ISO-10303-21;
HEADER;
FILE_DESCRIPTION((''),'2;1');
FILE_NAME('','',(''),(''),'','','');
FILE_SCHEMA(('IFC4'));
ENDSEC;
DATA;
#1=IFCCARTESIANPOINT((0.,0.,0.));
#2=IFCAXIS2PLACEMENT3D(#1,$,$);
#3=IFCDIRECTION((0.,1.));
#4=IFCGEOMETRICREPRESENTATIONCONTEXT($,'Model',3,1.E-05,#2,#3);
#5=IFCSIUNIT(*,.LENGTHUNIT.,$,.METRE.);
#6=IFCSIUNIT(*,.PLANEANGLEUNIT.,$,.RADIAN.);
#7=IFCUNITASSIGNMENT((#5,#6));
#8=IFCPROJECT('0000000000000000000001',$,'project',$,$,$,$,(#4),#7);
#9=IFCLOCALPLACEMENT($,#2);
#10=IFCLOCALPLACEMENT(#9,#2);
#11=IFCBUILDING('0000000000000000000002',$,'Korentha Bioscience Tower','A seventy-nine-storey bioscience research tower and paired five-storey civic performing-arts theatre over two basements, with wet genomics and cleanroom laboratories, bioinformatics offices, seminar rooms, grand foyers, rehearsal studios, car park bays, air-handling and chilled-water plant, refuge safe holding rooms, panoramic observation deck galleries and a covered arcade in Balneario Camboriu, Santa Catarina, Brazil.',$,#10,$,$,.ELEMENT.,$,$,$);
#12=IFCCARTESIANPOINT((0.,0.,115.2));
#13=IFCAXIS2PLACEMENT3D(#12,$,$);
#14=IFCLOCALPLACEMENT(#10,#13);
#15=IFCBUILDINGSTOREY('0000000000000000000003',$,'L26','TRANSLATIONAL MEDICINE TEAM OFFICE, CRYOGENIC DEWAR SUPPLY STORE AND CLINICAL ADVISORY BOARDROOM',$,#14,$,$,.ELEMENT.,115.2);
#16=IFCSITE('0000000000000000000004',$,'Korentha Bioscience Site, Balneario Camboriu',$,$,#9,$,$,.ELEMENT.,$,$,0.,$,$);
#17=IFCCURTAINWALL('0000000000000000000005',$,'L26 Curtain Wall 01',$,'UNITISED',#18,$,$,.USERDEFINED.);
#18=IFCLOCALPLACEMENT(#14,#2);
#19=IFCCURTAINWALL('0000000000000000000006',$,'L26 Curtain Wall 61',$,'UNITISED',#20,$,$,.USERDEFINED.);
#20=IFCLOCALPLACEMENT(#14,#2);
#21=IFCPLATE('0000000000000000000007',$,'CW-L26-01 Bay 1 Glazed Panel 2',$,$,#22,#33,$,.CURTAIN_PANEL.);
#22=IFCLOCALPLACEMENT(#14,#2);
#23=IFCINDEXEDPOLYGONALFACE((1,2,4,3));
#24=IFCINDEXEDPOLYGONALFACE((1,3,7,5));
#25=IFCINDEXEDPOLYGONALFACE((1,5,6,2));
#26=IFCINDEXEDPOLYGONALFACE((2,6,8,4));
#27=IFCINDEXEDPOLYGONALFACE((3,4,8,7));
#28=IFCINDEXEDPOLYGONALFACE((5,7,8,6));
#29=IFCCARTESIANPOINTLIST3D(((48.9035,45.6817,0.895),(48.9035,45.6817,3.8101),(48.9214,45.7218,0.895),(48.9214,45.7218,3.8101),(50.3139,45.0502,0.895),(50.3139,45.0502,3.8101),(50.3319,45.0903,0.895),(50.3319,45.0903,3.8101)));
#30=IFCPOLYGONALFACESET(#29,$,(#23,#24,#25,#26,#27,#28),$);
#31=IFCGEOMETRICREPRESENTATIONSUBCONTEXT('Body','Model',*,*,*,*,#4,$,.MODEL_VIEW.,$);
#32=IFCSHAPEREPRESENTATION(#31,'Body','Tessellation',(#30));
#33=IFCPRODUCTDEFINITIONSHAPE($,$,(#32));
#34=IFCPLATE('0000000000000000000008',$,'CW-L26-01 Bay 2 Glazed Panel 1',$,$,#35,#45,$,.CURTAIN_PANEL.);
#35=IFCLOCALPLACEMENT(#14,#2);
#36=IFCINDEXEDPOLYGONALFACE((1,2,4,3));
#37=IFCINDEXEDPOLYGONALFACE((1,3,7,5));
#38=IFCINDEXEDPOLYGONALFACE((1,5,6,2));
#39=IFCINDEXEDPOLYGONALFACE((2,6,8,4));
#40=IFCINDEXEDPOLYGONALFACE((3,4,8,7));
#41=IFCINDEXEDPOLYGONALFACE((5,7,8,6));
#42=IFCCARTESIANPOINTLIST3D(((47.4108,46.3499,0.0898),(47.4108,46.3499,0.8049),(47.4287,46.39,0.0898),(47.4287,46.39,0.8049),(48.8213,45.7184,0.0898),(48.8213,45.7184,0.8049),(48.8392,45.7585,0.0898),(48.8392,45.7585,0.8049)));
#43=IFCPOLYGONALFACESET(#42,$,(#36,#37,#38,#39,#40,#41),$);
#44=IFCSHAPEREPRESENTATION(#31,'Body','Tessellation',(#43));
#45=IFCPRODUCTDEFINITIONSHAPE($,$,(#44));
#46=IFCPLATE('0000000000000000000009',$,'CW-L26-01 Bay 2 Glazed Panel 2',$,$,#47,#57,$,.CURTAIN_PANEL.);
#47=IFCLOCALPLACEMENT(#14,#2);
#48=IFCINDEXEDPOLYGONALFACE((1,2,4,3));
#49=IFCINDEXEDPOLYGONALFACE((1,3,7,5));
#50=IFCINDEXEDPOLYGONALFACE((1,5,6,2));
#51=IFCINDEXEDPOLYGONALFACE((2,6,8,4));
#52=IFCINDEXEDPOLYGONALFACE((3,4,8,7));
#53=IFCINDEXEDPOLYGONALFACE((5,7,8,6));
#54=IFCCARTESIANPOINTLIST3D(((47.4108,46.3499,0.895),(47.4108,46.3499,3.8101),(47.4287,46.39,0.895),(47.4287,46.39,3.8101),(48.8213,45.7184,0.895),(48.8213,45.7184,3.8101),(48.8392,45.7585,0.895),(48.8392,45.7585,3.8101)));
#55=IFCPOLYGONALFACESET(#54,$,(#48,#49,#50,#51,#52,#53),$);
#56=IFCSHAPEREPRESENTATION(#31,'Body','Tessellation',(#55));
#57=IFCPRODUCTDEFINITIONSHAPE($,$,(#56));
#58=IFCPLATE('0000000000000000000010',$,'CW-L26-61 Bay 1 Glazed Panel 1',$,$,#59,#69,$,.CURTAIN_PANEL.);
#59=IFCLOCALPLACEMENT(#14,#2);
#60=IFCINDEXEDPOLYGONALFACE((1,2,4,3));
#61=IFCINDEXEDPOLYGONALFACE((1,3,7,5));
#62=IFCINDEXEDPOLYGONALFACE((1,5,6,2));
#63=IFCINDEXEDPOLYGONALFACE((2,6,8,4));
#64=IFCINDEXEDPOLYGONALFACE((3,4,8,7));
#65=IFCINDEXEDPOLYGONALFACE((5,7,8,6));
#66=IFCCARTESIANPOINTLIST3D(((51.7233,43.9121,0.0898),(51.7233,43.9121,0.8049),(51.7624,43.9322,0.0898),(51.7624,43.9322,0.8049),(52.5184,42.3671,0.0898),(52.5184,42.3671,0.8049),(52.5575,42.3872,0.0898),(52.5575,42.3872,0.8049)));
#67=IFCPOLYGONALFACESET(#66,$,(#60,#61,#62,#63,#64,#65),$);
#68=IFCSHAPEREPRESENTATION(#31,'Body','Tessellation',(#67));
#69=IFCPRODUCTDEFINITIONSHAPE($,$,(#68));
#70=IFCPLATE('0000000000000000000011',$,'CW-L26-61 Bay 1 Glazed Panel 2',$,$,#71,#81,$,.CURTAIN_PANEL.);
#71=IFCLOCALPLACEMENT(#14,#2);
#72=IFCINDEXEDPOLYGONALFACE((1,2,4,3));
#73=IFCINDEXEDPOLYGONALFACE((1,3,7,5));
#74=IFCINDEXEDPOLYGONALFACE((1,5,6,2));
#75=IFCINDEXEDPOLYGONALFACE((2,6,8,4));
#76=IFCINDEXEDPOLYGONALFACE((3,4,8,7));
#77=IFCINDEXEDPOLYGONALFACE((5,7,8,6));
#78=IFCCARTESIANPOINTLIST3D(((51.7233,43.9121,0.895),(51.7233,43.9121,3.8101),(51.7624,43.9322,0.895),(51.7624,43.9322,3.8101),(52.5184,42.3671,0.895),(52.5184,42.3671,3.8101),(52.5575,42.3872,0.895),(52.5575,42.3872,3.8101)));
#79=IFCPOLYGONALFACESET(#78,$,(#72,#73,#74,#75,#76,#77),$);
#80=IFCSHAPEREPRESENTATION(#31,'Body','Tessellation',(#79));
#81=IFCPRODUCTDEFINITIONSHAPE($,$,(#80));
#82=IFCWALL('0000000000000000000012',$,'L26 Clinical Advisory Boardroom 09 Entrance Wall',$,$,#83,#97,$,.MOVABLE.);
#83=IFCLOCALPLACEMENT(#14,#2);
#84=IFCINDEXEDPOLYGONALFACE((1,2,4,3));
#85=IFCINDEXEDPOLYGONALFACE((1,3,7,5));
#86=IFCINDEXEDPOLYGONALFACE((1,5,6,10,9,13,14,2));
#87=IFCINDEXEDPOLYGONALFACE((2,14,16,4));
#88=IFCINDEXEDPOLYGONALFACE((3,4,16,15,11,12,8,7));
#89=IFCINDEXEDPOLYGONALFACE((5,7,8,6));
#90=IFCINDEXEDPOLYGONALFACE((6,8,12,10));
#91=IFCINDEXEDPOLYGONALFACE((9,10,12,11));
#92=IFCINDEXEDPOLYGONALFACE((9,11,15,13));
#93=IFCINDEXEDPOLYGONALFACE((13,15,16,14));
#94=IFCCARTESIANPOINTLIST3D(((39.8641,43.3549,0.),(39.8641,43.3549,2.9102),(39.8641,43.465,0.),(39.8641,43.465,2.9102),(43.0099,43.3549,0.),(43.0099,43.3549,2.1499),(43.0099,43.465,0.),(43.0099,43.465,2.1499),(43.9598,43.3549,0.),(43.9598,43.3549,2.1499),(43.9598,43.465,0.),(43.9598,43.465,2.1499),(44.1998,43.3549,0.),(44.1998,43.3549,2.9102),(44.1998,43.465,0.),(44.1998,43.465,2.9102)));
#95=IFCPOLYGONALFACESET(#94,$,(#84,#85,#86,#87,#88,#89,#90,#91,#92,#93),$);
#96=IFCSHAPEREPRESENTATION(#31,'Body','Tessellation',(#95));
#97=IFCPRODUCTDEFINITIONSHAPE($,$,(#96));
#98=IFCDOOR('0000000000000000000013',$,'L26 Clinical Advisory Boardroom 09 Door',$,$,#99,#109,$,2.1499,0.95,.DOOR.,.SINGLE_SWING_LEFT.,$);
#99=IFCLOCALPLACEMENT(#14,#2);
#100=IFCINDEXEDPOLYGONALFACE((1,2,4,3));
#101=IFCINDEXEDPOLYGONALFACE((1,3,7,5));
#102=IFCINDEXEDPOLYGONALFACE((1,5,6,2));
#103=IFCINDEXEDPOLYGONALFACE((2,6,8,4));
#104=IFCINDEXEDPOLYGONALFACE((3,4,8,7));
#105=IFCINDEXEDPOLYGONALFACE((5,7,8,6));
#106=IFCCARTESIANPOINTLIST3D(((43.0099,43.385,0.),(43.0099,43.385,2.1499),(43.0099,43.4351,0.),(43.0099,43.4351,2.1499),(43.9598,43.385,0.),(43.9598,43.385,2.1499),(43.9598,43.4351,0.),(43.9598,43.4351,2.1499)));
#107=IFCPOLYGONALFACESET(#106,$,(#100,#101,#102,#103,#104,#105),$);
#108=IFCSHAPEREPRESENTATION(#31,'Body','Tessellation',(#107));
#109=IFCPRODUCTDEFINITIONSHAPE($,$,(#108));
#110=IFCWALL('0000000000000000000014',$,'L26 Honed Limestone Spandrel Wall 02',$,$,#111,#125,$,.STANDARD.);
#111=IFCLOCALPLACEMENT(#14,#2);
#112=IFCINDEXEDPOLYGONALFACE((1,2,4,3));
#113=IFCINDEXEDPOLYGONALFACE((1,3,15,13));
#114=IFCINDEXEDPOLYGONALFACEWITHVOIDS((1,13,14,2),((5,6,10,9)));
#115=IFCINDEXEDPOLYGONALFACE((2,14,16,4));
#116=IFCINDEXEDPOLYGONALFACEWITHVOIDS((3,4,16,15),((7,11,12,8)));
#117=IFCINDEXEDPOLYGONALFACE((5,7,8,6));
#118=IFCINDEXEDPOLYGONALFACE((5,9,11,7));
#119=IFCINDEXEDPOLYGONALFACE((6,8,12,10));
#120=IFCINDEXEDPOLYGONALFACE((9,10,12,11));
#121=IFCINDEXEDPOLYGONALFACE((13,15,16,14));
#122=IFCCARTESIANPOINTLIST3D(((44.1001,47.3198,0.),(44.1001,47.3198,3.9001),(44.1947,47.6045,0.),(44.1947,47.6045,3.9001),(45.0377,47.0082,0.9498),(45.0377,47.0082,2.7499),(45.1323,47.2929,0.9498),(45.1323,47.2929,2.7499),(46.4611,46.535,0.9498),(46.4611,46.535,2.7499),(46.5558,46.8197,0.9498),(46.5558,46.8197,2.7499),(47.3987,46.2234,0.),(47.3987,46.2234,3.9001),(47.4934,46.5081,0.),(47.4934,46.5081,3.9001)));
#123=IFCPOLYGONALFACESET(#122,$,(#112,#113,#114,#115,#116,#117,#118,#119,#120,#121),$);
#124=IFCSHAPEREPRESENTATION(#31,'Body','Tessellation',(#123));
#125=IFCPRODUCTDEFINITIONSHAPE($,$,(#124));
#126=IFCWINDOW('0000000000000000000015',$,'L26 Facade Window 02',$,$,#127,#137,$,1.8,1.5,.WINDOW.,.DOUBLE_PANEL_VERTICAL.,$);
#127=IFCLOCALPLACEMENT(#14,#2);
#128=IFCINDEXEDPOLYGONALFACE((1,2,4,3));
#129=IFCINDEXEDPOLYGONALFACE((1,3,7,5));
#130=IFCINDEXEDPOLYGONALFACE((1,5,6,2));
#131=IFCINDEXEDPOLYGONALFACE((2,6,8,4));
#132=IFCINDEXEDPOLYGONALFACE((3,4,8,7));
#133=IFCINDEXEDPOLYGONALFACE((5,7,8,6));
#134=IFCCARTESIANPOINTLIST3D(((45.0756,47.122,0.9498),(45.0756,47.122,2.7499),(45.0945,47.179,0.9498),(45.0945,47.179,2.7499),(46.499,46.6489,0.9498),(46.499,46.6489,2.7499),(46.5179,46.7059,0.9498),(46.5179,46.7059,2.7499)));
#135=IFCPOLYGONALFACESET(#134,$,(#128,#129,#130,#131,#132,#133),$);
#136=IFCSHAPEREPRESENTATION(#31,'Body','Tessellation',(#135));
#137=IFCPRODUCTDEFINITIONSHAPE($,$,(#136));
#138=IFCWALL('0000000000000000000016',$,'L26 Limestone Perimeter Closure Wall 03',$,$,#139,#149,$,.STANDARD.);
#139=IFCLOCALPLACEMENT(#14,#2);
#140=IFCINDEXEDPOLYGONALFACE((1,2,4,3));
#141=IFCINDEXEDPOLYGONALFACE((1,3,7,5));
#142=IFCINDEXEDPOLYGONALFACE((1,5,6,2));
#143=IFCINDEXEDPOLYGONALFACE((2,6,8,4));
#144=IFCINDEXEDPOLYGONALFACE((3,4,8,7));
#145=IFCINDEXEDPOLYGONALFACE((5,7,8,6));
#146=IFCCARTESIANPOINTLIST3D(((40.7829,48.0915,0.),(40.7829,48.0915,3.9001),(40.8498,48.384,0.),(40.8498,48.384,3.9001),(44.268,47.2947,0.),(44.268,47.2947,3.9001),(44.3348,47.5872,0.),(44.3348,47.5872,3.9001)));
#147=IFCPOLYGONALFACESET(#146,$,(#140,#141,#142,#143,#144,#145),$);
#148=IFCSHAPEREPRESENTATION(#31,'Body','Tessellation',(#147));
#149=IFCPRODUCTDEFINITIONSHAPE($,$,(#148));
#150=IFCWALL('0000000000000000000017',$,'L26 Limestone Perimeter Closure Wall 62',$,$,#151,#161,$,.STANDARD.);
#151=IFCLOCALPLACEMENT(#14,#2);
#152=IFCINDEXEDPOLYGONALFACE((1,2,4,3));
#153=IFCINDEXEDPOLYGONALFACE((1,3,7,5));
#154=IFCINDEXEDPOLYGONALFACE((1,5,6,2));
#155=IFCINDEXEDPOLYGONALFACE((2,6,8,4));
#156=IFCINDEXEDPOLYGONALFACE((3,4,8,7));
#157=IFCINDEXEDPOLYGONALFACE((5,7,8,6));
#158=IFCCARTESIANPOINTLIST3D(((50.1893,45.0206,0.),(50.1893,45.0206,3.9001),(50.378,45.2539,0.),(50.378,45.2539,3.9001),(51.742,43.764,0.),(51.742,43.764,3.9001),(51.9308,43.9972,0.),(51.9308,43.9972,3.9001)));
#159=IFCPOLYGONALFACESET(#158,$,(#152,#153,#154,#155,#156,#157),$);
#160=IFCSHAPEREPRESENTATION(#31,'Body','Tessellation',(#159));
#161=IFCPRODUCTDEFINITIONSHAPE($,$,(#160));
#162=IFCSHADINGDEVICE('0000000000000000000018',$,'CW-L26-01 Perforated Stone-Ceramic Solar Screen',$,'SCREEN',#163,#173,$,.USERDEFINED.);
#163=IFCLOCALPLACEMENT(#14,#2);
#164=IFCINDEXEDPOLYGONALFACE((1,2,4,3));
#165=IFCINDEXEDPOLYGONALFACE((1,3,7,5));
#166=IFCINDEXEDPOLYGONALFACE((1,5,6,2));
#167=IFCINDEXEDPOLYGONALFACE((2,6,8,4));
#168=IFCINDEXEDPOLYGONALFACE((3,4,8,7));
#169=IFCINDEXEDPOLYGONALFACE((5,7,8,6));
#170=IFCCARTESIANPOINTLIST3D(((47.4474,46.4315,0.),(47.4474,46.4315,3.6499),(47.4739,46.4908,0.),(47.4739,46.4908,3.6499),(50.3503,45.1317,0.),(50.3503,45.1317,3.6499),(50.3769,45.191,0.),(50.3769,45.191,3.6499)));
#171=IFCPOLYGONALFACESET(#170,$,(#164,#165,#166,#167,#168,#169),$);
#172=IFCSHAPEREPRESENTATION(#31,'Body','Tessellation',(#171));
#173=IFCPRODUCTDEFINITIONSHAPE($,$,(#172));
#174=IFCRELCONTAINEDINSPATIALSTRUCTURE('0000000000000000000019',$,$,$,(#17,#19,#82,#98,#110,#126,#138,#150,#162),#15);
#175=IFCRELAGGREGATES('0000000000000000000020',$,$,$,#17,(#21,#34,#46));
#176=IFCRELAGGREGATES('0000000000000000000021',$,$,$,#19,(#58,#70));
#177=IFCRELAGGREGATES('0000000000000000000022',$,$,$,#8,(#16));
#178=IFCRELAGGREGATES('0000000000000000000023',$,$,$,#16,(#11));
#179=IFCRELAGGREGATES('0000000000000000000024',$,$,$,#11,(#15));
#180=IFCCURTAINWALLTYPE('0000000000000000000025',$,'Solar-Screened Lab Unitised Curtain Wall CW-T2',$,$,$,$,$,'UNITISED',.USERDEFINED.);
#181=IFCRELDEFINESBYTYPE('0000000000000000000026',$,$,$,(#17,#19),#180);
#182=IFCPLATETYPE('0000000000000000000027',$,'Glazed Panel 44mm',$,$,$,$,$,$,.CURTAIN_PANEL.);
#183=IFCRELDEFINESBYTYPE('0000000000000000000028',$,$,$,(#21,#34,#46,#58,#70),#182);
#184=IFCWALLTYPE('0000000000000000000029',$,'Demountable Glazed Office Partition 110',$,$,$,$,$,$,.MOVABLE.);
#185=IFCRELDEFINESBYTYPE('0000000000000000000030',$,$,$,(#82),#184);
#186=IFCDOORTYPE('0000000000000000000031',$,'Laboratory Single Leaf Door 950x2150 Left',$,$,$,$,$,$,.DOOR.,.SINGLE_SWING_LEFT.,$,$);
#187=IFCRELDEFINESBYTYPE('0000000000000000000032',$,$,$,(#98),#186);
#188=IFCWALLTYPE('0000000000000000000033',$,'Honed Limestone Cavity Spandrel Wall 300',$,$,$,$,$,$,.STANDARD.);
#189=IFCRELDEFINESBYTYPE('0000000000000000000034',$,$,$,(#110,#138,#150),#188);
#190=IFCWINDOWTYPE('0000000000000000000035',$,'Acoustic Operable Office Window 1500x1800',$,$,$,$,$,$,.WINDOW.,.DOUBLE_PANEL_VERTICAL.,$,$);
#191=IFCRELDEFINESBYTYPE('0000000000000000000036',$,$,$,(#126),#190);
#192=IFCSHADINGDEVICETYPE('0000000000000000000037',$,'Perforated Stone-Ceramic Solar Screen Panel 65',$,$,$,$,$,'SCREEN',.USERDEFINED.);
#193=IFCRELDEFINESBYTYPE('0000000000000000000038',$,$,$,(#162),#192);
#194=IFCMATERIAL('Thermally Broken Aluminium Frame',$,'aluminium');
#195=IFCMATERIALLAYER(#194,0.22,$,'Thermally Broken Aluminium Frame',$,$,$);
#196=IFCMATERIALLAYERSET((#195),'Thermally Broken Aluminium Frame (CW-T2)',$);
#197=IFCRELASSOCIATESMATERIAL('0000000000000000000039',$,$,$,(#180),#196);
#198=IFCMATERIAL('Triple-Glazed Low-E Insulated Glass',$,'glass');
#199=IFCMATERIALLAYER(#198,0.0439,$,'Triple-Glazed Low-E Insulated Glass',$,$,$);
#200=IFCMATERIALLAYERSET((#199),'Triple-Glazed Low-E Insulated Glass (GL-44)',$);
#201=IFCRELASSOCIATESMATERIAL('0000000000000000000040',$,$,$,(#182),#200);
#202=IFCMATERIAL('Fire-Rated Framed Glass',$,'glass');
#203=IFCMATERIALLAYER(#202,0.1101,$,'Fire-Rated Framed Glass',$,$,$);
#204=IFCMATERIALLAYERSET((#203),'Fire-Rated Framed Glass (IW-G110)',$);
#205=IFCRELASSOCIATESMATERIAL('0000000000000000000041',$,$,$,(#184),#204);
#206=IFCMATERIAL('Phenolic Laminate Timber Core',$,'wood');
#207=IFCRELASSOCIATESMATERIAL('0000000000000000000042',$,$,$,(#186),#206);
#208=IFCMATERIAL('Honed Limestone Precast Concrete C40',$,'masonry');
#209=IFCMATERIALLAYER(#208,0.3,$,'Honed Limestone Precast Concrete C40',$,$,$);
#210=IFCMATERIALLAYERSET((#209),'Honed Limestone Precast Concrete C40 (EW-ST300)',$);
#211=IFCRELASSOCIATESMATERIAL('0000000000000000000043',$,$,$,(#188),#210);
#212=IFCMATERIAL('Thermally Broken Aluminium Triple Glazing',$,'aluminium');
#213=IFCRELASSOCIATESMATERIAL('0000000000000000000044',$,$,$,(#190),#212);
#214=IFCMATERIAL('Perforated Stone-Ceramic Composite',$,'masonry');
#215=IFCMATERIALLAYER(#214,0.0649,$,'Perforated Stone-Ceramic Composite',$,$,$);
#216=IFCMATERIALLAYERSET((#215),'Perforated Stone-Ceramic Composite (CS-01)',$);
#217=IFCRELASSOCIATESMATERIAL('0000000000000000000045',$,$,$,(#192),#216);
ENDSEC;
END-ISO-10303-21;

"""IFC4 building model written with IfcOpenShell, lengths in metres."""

from ifc_helpers import new_model, si_unit, direction, frame, frame_2d, origin, origin_2d, place, context, subcontext, project, spatial, rectangle, extrude, material, layer, layer_set, type_object, element, fill, aggregate, save


model = new_model("IFC4")

# Units and contexts
model_context = context("Model", 3, precision=1e-05, world=origin(), true_north=direction((0.0, 1.0)))
body_context = subcontext(model_context, "Body", "Model", "MODEL_VIEW")
ifc_project = project(units=[si_unit("LENGTHUNIT", "METRE"), si_unit("PLANEANGLEUNIT", "RADIAN")], contexts=[model_context])

# Site, building, storey
site_placement = place(None, origin())
site = spatial("IfcSite", under=ifc_project, at=site_placement, Name="Korentha Bioscience Site, Balneario Camboriu", CompositionType="ELEMENT", RefElevation=0.0)
building_placement = place(site_placement, origin())
building = spatial("IfcBuilding", under=site, at=building_placement, Name="Korentha Bioscience Tower", Description="A seventy-nine-storey bioscience research tower and paired five-storey civic performing-arts theatre over two basements, with wet genomics and cleanroom laboratories, bioinformatics offices, seminar rooms, grand foyers, rehearsal studios, car park bays, air-handling and chilled-water plant, refuge safe holding rooms, panoramic observation deck galleries and a covered arcade in Balneario Camboriu, Santa Catarina, Brazil.", CompositionType="ELEMENT")
storey_placement = place(building_placement, frame((0.0, 0.0, 115.2)))
storey = spatial("IfcBuildingStorey", under=building, at=storey_placement, Name="L26", Description="TRANSLATIONAL MEDICINE TEAM OFFICE, CRYOGENIC DEWAR SUPPLY STORE AND CLINICAL ADVISORY BOARDROOM", CompositionType="ELEMENT", Elevation=115.2)

# Curtain wall
ifc_material_1 = material(Name="Thermally Broken Aluminium Frame", Category="aluminium")
ifc_layer_1 = layer(ifc_material_1, 0.22, Name="Thermally Broken Aluminium Frame")
ifc_layer_set_1 = layer_set([ifc_layer_1], Name="Thermally Broken Aluminium Frame (CW-T2)")
curtain_wall_type = type_object("IfcCurtainWallType", Name="Solar-Screened Lab Unitised Curtain Wall CW-T2", ElementType="UNITISED", PredefinedType="USERDEFINED", material=ifc_layer_set_1)
curtain_wall_1_placement = place(storey_placement, origin())
curtain_wall_1 = element("IfcCurtainWall", 1, at=curtain_wall_1_placement, inside=storey, type_object=curtain_wall_type, Name="L26 Curtain Wall 01", ObjectType="UNITISED", PredefinedType="USERDEFINED")

# Curtain wall
curtain_wall_2_placement = place(storey_placement, origin())
curtain_wall_2 = element("IfcCurtainWall", 2, at=curtain_wall_2_placement, inside=storey, type_object=curtain_wall_type, Name="L26 Curtain Wall 61", ObjectType="UNITISED", PredefinedType="USERDEFINED")

# Plates
ifc_material_2 = material(Name="Triple-Glazed Low-E Insulated Glass", Category="glass")
ifc_layer_2 = layer(ifc_material_2, 0.0439, Name="Triple-Glazed Low-E Insulated Glass")
ifc_layer_set_2 = layer_set([ifc_layer_2], Name="Triple-Glazed Low-E Insulated Glass (GL-44)")
plate_type = type_object("IfcPlateType", Name="Glazed Panel 44mm", PredefinedType="CURTAIN_PANEL", material=ifc_layer_set_2)
plate_1_placement = place(storey_placement, frame((49.6177, 45.386, 0.895), z_axis=(0.0, 0.0, 1.0), x_axis=(-0.912687, 0.40866, 0.0)))
plate_1 = element("IfcPlate", 3, at=plate_1_placement, type_object=plate_type, Name="CW-L26-01 Bay 1 Glazed Panel 2", PredefinedType="CURTAIN_PANEL", context=body_context, shape_type="SweptSolid", body=[
    extrude(rectangle(XDim=1.5454, YDim=0.0439, at=origin_2d()), origin(), (0.0, 0.0, 1.0), 2.915),
])
plate_2_placement = place(storey_placement, frame((48.125, 46.0542, 0.0898), z_axis=(0.0, 0.0, 1.0), x_axis=(-0.912687, 0.40866, 0.0)))
plate_2 = element("IfcPlate", 4, at=plate_2_placement, type_object=plate_type, Name="CW-L26-01 Bay 2 Glazed Panel 1", PredefinedType="CURTAIN_PANEL", context=body_context, shape_type="SweptSolid", body=[
    extrude(rectangle(XDim=1.5454, YDim=0.0439, at=origin_2d()), origin(), (0.0, 0.0, 1.0), 0.7151),
])
plate_3_placement = place(storey_placement, frame((48.125, 46.0542, 0.895), z_axis=(0.0, 0.0, 1.0), x_axis=(-0.912687, 0.40866, 0.0)))
plate_3 = element("IfcPlate", 5, at=plate_3_placement, type_object=plate_type, Name="CW-L26-01 Bay 2 Glazed Panel 2", PredefinedType="CURTAIN_PANEL", context=body_context, shape_type="SweptSolid", body=[
    extrude(rectangle(XDim=1.5454, YDim=0.0439, at=origin_2d()), origin(), (0.0, 0.0, 1.0), 2.915),
])
aggregate(curtain_wall_1, [plate_1, plate_2, plate_3])
plate_4_placement = place(storey_placement, frame((52.1404, 43.1497, 0.0898), z_axis=(0.0, 0.0, 1.0), x_axis=(-0.457613, 0.889151, 0.0)))
plate_4 = element("IfcPlate", 6, at=plate_4_placement, type_object=plate_type, Name="CW-L26-61 Bay 1 Glazed Panel 1", PredefinedType="CURTAIN_PANEL", context=body_context, shape_type="SweptSolid", body=[
    extrude(rectangle(XDim=1.7375, YDim=0.0439, at=origin_2d()), origin(), (0.0, 0.0, 1.0), 0.7151),
])
plate_5_placement = place(storey_placement, frame((52.1404, 43.1497, 0.895), z_axis=(0.0, 0.0, 1.0), x_axis=(-0.457613, 0.889151, 0.0)))
plate_5 = element("IfcPlate", 7, at=plate_5_placement, type_object=plate_type, Name="CW-L26-61 Bay 1 Glazed Panel 2", PredefinedType="CURTAIN_PANEL", context=body_context, shape_type="SweptSolid", body=[
    extrude(rectangle(XDim=1.7375, YDim=0.0439, at=origin_2d()), origin(), (0.0, 0.0, 1.0), 2.915),
])
aggregate(curtain_wall_2, [plate_4, plate_5])

# Wall, opening, door
ifc_material_3 = material(Name="Fire-Rated Framed Glass", Category="glass")
ifc_layer_3 = layer(ifc_material_3, 0.1101, Name="Fire-Rated Framed Glass")
ifc_layer_set_3 = layer_set([ifc_layer_3], Name="Fire-Rated Framed Glass (IW-G110)")
wall_type_1 = type_object("IfcWallType", Name="Demountable Glazed Office Partition 110", PredefinedType="MOVABLE", material=ifc_layer_set_3)
wall_1_placement = place(storey_placement, frame((44.2, 43.4099, 0.0), z_axis=(0.0, 0.0, 1.0), x_axis=(-1.0, 0.0, 0.0)))
wall_1 = element("IfcWall", 8, at=wall_1_placement, inside=storey, type_object=wall_type_1, Name="L26 Clinical Advisory Boardroom 09 Entrance Wall", PredefinedType="MOVABLE", context=body_context, shape_type="SweptSolid", body=[
    extrude(rectangle(XDim=4.3357, YDim=0.1101, at=frame_2d((2.168, 0.0))), origin(), (0.0, 0.0, 1.0), 2.9102),
])
opening_1_placement = place(wall_1_placement, frame((0.24, 0.0, 0.0)))
opening_1 = element("IfcOpeningElement", 9, at=opening_1_placement, cuts=wall_1, PredefinedType="OPENING", context=body_context, shape_type="SweptSolid", body=[
    extrude(rectangle(XDim=0.95, YDim=2.1499, at=frame_2d((0.4751, 1.075))), frame((0.0, 0.0698, 0.0), z_axis=(0.0, -1.0, 0.0), x_axis=(1.0, 0.0, 0.0)), (0.0, 0.0, 1.0), 0.1399),
])
ifc_material_4 = material(Name="Phenolic Laminate Timber Core", Category="wood")
door_type_1 = type_object("IfcDoorType", Name="Laboratory Single Leaf Door 950x2150 Left", OperationType="SINGLE_SWING_LEFT", PredefinedType="DOOR", material=ifc_material_4)
door_1_placement = place(opening_1_placement, origin())
door_1 = element("IfcDoor", 10, at=door_1_placement, inside=storey, type_object=door_type_1, Name="L26 Clinical Advisory Boardroom 09 Door", OperationType="SINGLE_SWING_LEFT", OverallHeight=2.1499, OverallWidth=0.95, PredefinedType="DOOR", context=body_context, shape_type="SweptSolid", body=[
    extrude(rectangle(XDim=0.95, YDim=2.1499, at=frame_2d((0.4751, 1.075))), frame((0.0, 0.0249, 0.0), z_axis=(0.0, -1.0, 0.0), x_axis=(1.0, 0.0, 0.0)), (0.0, 0.0, 1.0), 0.05),
])
fill(opening_1, door_1)

# Wall, opening, window
ifc_material_5 = material(Name="Honed Limestone Precast Concrete C40", Category="masonry")
ifc_layer_4 = layer(ifc_material_5, 0.3, Name="Honed Limestone Precast Concrete C40")
ifc_layer_set_4 = layer_set([ifc_layer_4], Name="Honed Limestone Precast Concrete C40 (EW-ST300)")
wall_type_2 = type_object("IfcWallType", Name="Honed Limestone Cavity Spandrel Wall 300", PredefinedType="STANDARD", material=ifc_layer_set_4)
wall_2_placement = place(storey_placement, frame((47.446, 46.3657, 0.0), z_axis=(0.0, 0.0, 1.0), x_axis=(-0.94895, 0.315427, 0.0)))
wall_2 = element("IfcWall", 11, at=wall_2_placement, inside=storey, type_object=wall_type_2, Name="L26 Honed Limestone Spandrel Wall 02", PredefinedType="STANDARD", context=body_context, shape_type="SweptSolid", body=[
    extrude(rectangle(XDim=3.4761, YDim=0.3, at=frame_2d((1.738, 0.0))), origin(), (0.0, 0.0, 1.0), 3.9001),
])
opening_2_placement = place(wall_2_placement, frame((0.988, 0.0, 0.95)))
opening_2 = element("IfcOpeningElement", 12, at=opening_2_placement, cuts=wall_2, PredefinedType="OPENING", context=body_context, shape_type="SweptSolid", body=[
    extrude(rectangle(XDim=1.5, YDim=1.8, at=frame_2d((0.75, 0.8999))), frame((0.0, 0.165, 0.0), z_axis=(0.0, -1.0, 0.0), x_axis=(1.0, 0.0, 0.0)), (0.0, 0.0, 1.0), 0.3298),
])
ifc_material_6 = material(Name="Thermally Broken Aluminium Triple Glazing", Category="aluminium")
window_type = type_object("IfcWindowType", Name="Acoustic Operable Office Window 1500x1800", PartitioningType="DOUBLE_PANEL_VERTICAL", PredefinedType="WINDOW", material=ifc_material_6)
window_placement = place(opening_2_placement, origin())
window = element("IfcWindow", 13, at=window_placement, inside=storey, type_object=window_type, Name="L26 Facade Window 02", OverallHeight=1.8, OverallWidth=1.5, PartitioningType="DOUBLE_PANEL_VERTICAL", PredefinedType="WINDOW", context=body_context, shape_type="SweptSolid", body=[
    extrude(rectangle(XDim=1.5, YDim=1.8, at=frame_2d((0.75, 0.8999))), frame((0.0, 0.03, 0.0), z_axis=(0.0, -1.0, 0.0), x_axis=(1.0, 0.0, 0.0)), (0.0, 0.0, 1.0), 0.0601),
])
fill(opening_2, window)

# Walls
wall_3_placement = place(storey_placement, frame((44.3015, 47.4409, 0.0), z_axis=(0.0, 0.0, 1.0), x_axis=(-0.974842, 0.222899, 0.0)))
element("IfcWall", 14, at=wall_3_placement, inside=storey, type_object=wall_type_2, Name="L26 Limestone Perimeter Closure Wall 03", PredefinedType="STANDARD", context=body_context, shape_type="SweptSolid", body=[
    extrude(rectangle(XDim=3.575, YDim=0.3, at=frame_2d((1.7876, 0.0))), origin(), (0.0, 0.0, 1.0), 3.9001),
])
wall_4_placement = place(storey_placement, frame((51.8364, 43.8806, 0.0), z_axis=(0.0, 0.0, 1.0), x_axis=(-0.777339, 0.629082, 0.0)))
element("IfcWall", 15, at=wall_4_placement, inside=storey, type_object=wall_type_2, Name="L26 Limestone Perimeter Closure Wall 62", PredefinedType="STANDARD", context=body_context, shape_type="SweptSolid", body=[
    extrude(rectangle(XDim=1.9976, YDim=0.3, at=frame_2d((0.9988, 0.0))), origin(), (0.0, 0.0, 1.0), 3.9001),
])

# Shading device
ifc_material_7 = material(Name="Perforated Stone-Ceramic Composite", Category="masonry")
ifc_layer_5 = layer(ifc_material_7, 0.0649, Name="Perforated Stone-Ceramic Composite")
ifc_layer_set_5 = layer_set([ifc_layer_5], Name="Perforated Stone-Ceramic Composite (CS-01)")
shading_device_type_1 = type_object("IfcShadingDeviceType", Name="Perforated Stone-Ceramic Solar Screen Panel 65", ElementType="SCREEN", PredefinedType="USERDEFINED", material=ifc_layer_set_5)
shading_device_1_placement = place(storey_placement, frame((48.9121, 45.8113, 0.0), z_axis=(0.0, 0.0, 1.0), x_axis=(-0.912687, 0.40866, 0.0)))
element("IfcShadingDevice", 16, at=shading_device_1_placement, inside=storey, type_object=shading_device_type_1, Name="CW-L26-01 Perforated Stone-Ceramic Solar Screen", ObjectType="SCREEN", PredefinedType="USERDEFINED", context=body_context, shape_type="SweptSolid", body=[
    extrude(rectangle(XDim=3.1807, YDim=0.0649, at=origin_2d()), origin(), (0.0, 0.0, 1.0), 3.6499),
])

save(model, "model.ifc")
